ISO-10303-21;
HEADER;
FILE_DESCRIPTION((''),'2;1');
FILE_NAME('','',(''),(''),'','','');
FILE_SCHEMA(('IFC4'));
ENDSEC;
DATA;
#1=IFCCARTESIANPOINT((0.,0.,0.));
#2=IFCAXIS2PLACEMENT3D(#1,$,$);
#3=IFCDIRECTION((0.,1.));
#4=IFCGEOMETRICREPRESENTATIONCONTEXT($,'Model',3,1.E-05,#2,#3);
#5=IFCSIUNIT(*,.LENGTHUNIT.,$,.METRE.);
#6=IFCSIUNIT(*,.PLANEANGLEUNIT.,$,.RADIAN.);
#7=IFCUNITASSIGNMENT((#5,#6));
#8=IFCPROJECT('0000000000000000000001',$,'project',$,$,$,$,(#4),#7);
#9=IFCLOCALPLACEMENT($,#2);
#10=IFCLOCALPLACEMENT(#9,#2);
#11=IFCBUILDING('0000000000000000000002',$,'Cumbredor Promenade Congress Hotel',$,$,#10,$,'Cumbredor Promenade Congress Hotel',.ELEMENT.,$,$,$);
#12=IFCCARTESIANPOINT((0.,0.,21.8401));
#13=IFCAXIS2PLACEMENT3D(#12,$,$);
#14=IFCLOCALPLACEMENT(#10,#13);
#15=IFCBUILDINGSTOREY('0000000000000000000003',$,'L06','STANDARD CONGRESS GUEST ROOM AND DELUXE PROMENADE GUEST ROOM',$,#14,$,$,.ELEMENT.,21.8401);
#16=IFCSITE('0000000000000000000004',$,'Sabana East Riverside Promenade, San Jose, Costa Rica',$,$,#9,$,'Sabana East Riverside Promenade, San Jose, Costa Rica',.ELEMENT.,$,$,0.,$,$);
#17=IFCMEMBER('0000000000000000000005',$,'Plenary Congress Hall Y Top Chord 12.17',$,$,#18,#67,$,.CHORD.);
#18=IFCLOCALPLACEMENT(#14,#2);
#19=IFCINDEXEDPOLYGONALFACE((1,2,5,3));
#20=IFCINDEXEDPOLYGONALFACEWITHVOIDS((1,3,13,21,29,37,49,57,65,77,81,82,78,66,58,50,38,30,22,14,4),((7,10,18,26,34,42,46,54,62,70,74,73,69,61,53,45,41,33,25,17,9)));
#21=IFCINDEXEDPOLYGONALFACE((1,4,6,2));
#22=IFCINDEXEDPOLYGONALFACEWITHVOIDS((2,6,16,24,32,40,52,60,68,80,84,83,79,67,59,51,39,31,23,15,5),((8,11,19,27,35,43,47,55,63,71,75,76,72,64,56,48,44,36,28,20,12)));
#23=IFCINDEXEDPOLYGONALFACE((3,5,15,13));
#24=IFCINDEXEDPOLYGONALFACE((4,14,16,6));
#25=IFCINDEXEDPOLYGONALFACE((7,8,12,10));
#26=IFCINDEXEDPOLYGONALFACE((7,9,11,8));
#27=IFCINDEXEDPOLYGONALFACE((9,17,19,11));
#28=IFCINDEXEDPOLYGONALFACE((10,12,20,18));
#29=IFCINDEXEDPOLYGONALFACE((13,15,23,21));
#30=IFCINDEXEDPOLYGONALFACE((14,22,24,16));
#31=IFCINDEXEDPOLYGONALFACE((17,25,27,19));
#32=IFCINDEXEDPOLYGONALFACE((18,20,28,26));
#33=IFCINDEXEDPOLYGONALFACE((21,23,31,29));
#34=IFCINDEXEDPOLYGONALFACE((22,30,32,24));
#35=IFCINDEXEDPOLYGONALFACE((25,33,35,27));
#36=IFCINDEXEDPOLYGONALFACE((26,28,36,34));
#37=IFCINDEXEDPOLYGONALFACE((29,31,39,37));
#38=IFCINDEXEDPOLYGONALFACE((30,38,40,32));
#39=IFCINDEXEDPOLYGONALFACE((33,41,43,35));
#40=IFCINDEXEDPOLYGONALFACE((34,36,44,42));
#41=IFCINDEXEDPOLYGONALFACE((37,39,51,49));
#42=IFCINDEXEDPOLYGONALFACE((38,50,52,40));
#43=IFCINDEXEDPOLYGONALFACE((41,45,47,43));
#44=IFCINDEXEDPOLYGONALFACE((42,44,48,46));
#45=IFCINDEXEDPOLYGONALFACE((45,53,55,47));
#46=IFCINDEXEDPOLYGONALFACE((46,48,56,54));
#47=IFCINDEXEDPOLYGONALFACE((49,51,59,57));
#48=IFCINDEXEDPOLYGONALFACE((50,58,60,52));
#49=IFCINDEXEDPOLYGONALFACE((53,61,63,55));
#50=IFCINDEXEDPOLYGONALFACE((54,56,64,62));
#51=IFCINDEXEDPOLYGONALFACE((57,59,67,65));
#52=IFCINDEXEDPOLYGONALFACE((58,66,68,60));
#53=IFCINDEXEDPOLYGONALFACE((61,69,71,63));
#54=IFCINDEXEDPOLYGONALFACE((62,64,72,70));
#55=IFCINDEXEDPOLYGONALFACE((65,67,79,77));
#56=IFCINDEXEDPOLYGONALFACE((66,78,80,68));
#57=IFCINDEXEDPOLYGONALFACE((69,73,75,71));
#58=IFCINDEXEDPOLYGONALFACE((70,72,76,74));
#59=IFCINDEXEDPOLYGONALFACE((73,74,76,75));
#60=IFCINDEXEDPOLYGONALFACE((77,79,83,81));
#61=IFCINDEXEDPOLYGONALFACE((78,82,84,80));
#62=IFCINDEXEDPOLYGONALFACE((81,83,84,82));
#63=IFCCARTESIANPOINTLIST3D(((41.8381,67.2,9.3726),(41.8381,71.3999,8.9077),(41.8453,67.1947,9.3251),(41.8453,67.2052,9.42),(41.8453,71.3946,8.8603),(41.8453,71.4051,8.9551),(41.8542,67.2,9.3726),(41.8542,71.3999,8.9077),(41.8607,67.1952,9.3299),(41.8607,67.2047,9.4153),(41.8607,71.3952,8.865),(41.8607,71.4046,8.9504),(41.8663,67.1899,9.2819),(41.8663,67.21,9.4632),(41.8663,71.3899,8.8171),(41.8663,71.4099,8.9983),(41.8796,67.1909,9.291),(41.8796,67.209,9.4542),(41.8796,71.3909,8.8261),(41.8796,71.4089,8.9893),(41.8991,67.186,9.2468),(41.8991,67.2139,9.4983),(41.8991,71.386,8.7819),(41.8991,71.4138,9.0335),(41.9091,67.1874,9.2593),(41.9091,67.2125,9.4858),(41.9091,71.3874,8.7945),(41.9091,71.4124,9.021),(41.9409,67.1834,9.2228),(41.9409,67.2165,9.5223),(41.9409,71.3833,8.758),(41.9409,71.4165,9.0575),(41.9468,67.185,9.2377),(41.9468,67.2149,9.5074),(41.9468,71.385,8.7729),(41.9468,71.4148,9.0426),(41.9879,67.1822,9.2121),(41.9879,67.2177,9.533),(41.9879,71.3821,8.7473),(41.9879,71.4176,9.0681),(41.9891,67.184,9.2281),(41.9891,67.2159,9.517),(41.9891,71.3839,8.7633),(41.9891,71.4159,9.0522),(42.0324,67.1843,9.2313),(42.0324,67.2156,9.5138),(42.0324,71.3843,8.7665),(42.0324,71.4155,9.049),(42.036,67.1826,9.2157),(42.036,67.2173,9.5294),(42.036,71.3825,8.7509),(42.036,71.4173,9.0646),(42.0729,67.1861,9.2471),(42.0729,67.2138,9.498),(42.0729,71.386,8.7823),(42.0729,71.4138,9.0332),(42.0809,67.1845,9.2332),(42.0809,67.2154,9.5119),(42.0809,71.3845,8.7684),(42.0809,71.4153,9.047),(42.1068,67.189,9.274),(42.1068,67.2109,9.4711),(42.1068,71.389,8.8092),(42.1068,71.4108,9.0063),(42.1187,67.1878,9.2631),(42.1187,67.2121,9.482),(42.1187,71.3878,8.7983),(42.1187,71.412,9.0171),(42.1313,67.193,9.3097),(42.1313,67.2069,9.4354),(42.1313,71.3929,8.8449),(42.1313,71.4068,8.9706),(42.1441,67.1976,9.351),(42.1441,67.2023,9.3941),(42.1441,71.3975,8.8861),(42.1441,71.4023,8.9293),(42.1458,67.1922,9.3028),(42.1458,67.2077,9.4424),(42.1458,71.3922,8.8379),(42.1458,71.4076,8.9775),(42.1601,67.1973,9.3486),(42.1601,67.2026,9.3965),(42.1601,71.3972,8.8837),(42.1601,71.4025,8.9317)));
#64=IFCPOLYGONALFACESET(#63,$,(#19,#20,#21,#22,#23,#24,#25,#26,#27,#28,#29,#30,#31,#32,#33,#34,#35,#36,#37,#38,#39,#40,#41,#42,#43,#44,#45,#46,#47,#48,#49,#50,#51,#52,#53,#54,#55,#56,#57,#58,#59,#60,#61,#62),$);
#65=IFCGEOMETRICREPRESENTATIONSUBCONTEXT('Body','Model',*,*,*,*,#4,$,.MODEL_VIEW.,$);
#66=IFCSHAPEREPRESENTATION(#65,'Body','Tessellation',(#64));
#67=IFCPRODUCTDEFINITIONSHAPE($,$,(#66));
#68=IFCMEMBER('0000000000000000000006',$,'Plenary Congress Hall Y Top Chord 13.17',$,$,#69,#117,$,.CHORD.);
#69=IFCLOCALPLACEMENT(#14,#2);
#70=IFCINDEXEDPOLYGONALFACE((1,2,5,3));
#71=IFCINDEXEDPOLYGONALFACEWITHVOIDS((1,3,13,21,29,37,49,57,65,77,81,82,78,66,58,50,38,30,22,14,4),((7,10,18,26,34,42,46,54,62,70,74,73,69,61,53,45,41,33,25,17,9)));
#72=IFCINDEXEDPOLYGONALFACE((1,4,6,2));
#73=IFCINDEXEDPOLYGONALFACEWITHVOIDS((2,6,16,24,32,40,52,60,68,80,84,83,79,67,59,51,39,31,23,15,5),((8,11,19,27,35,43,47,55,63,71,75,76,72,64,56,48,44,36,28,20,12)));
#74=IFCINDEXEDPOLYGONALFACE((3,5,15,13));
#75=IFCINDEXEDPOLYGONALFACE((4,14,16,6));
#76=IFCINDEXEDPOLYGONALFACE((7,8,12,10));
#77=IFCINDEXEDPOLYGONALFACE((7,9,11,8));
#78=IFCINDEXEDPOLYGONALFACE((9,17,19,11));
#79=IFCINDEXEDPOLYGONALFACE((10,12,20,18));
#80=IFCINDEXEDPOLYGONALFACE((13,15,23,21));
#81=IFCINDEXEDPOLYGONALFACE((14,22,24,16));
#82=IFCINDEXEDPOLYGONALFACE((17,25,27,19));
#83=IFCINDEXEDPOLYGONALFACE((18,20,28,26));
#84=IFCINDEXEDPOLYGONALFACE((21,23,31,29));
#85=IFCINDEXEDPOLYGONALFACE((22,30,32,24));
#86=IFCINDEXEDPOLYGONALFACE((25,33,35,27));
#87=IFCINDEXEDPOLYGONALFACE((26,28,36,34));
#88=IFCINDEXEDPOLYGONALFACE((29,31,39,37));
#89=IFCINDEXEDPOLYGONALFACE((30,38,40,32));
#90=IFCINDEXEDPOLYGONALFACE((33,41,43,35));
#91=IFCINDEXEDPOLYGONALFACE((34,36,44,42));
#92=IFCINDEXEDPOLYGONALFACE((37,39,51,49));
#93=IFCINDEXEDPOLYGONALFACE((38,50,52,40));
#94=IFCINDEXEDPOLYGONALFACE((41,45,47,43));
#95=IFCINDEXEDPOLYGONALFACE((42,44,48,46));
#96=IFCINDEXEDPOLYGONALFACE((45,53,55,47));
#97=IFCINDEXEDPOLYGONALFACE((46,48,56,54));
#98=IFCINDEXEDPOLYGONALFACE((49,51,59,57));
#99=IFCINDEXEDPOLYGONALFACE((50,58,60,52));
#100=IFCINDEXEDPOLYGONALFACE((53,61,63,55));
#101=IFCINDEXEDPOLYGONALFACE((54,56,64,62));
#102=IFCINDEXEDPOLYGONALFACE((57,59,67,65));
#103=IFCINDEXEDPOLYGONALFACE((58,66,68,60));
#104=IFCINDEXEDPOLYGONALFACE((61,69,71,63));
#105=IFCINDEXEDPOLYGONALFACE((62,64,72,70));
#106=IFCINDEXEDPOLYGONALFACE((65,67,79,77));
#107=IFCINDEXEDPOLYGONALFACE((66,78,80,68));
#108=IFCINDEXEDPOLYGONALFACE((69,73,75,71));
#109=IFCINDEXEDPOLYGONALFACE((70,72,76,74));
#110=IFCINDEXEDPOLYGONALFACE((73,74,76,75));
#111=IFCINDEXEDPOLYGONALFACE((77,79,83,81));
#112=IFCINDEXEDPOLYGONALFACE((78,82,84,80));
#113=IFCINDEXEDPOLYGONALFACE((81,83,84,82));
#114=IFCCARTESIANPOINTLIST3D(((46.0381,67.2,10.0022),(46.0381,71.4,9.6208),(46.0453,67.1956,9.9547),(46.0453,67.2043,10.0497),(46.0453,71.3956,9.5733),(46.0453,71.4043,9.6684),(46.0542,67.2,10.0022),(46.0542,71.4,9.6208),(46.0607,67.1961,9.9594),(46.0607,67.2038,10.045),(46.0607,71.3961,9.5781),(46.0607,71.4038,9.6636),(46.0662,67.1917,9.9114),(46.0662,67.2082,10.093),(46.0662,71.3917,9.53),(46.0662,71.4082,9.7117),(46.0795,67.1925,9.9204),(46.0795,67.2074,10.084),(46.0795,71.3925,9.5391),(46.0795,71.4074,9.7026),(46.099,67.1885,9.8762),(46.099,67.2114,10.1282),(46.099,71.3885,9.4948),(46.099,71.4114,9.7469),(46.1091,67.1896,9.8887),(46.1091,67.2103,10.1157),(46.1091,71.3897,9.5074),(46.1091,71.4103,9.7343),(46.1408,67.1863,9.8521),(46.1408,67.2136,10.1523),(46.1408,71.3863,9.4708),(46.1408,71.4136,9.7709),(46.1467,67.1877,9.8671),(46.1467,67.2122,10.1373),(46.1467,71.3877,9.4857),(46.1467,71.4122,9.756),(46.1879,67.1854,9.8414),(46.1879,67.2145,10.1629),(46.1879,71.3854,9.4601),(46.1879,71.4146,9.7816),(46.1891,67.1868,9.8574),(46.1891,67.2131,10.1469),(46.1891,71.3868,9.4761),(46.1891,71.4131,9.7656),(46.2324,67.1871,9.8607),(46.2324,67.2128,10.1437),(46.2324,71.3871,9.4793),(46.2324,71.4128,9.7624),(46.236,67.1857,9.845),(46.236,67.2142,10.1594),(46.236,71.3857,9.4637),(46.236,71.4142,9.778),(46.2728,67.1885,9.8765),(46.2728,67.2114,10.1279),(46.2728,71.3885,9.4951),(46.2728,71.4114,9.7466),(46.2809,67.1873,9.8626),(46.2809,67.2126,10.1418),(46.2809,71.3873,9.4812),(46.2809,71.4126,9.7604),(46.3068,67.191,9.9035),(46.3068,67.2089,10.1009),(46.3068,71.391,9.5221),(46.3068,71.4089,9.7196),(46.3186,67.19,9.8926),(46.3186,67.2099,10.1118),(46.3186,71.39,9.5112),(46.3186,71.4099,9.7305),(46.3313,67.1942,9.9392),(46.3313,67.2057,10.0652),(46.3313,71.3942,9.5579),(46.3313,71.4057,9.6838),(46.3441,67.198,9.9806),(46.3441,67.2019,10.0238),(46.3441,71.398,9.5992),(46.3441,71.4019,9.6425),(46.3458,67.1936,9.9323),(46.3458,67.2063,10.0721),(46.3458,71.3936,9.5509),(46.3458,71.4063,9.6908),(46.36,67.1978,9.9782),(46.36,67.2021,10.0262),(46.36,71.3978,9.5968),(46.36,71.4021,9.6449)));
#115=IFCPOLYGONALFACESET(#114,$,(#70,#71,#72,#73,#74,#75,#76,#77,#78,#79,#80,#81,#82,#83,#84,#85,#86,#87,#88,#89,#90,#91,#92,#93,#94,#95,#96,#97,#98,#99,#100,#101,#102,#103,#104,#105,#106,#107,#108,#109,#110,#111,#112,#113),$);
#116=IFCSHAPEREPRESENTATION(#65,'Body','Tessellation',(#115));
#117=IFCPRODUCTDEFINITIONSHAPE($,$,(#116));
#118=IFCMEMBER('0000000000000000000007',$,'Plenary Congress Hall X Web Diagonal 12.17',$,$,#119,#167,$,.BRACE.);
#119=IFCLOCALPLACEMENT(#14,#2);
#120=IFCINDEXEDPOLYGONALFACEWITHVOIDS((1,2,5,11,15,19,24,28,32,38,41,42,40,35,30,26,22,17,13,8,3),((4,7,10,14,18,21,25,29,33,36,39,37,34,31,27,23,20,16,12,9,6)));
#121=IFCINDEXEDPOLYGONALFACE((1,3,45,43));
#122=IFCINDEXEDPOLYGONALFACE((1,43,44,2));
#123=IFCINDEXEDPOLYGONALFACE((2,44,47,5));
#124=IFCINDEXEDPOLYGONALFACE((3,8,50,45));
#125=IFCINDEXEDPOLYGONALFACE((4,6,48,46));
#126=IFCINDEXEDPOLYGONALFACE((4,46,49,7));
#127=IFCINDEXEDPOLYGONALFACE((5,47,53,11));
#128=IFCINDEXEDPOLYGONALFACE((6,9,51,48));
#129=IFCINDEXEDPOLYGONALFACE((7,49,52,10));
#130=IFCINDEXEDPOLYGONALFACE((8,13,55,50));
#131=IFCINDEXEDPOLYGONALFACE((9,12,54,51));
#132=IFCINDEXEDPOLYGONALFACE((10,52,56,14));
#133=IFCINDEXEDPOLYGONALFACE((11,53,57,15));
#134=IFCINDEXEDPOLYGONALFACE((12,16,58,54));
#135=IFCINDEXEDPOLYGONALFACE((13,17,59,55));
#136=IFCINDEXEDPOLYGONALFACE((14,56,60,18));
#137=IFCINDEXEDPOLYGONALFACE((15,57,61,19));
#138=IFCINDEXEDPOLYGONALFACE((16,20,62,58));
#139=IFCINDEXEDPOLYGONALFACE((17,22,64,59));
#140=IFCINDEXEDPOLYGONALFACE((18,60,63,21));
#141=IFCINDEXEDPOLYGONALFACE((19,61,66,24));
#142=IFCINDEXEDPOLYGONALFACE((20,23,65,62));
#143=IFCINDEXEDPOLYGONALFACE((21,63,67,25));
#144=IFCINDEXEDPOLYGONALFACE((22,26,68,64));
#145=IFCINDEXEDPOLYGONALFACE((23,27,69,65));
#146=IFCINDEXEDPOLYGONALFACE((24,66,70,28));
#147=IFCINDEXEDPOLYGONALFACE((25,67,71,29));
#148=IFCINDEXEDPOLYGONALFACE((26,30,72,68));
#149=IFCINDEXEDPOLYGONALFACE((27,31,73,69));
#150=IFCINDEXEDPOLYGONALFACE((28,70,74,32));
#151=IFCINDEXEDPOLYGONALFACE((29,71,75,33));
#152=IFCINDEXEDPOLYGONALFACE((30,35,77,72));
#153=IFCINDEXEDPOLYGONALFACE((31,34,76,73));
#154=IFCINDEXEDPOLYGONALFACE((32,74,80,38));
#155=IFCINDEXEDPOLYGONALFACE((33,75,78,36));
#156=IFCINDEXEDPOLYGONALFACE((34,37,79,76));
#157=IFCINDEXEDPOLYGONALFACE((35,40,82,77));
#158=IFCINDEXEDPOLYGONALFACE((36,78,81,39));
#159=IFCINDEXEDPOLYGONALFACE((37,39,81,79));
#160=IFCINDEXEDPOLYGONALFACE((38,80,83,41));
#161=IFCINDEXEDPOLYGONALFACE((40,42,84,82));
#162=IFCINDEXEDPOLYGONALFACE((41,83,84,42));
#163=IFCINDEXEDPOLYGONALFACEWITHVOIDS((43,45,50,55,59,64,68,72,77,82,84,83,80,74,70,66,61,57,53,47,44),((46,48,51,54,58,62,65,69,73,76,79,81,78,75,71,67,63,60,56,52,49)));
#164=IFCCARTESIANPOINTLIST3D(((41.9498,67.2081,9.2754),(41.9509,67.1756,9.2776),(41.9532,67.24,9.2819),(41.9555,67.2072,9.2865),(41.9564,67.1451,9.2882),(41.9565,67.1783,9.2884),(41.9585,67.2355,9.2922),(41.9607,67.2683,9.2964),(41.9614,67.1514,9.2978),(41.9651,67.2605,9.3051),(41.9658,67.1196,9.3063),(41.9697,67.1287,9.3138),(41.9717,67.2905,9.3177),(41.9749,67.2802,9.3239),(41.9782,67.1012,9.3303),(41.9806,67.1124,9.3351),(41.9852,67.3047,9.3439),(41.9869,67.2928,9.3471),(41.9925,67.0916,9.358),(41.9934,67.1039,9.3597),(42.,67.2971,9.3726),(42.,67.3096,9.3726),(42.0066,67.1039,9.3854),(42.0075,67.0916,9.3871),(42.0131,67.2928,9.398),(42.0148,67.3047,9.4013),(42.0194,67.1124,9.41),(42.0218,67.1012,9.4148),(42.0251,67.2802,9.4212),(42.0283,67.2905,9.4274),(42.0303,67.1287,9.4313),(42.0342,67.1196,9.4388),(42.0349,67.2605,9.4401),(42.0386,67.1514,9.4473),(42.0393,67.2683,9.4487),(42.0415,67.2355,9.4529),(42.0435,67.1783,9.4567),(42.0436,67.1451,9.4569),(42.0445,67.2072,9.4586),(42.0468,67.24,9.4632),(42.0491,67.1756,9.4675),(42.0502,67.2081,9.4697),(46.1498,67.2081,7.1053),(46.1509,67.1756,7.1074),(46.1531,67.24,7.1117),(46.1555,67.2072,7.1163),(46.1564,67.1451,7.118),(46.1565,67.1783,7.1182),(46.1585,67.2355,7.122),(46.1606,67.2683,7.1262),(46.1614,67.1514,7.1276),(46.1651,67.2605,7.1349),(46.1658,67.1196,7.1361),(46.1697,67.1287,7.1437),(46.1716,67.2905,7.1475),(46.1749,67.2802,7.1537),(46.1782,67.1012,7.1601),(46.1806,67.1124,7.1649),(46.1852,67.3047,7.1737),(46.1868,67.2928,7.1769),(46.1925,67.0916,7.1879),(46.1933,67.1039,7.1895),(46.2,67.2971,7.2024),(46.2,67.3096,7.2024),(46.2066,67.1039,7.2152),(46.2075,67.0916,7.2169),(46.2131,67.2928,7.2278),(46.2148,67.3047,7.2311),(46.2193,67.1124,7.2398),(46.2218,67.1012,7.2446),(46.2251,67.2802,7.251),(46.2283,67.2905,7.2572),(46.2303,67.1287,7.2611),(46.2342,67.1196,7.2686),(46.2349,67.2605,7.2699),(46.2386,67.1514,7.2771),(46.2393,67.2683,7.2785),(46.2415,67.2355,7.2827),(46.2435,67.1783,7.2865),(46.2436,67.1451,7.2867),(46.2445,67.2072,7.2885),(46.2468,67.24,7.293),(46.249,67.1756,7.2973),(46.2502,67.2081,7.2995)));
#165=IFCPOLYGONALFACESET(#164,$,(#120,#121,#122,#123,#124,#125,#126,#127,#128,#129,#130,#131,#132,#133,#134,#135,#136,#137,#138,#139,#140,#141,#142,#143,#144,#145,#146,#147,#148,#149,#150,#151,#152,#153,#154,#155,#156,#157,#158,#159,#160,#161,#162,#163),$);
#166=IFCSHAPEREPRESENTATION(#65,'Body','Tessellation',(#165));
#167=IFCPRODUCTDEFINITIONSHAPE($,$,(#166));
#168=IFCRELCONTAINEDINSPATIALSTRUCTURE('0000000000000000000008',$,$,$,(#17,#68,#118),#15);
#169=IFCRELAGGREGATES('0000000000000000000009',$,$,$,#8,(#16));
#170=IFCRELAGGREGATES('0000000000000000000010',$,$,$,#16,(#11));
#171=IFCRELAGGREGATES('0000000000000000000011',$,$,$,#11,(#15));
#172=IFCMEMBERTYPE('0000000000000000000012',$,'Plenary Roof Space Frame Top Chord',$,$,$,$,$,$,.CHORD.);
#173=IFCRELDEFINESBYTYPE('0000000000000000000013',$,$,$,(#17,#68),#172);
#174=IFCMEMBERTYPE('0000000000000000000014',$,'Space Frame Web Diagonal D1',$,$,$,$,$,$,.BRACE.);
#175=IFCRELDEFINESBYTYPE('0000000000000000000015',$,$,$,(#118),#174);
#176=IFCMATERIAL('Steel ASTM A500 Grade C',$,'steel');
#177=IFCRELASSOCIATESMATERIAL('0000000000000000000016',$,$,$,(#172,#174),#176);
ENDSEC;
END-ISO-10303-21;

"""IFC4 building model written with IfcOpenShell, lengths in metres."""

from ifc_helpers import new_model, si_unit, direction, frame, origin, origin_2d, place, context, subcontext, project, spatial, hollow_circle, extrude, material, material_profile, profile_set, type_object, element, save


model = new_model("IFC4")

# Units and contexts
model_context = context("Model", 3, precision=1e-05, world=origin(), true_north=direction((0.0, 1.0)))
body_context = subcontext(model_context, "Body", "Model", "MODEL_VIEW")
ifc_project = project(units=[si_unit("LENGTHUNIT", "METRE"), si_unit("PLANEANGLEUNIT", "RADIAN")], contexts=[model_context])

# Site, building, storey
site_placement = place(None, origin())
site = spatial("IfcSite", under=ifc_project, at=site_placement, Name="Sabana East Riverside Promenade, San Jose, Costa Rica", LongName="Sabana East Riverside Promenade, San Jose, Costa Rica", CompositionType="ELEMENT", RefElevation=0.0)
building_placement = place(site_placement, origin())
building = spatial("IfcBuilding", under=site, at=building_placement, Name="Cumbredor Promenade Congress Hotel", LongName="Cumbredor Promenade Congress Hotel", CompositionType="ELEMENT")
storey_placement = place(building_placement, frame((0.0, 0.0, 21.8401)))
storey = spatial("IfcBuildingStorey", under=building, at=storey_placement, Name="L06", Description="STANDARD CONGRESS GUEST ROOM AND DELUXE PROMENADE GUEST ROOM", CompositionType="ELEMENT", Elevation=21.8401)

# Members
ifc_material_1 = material(Name="Steel ASTM A500 Grade C", Category="steel")
ifc_material_profile_1 = material_profile(ifc_material_1, hollow_circle(Radius=0.1619, WallThickness=0.0161, at=origin_2d()), Name="CHS 323.9x16")
ifc_profile_set_1 = profile_set([ifc_material_profile_1], Name="Steel ASTM A500 Grade C")
member_type_1 = type_object("IfcMemberType", Name="Plenary Roof Space Frame Top Chord", PredefinedType="CHORD", material=ifc_profile_set_1)
member_1_placement = place(storey_placement, frame((42.0, 67.2, 9.3726), z_axis=(0.0, 0.993931, -0.110007), x_axis=(-1.0, 0.0, 0.0)))
element("IfcMember", 1, at=member_1_placement, inside=storey, type_object=member_type_1, Name="Plenary Congress Hall Y Top Chord 12.17", PredefinedType="CHORD", context=body_context, shape_type="SweptSolid", body=[
    extrude(hollow_circle(Radius=0.1619, WallThickness=0.0161, at=origin_2d()), origin(), (0.0, 0.0, 1.0), 4.2256),
])
member_2_placement = place(storey_placement, frame((46.2, 67.2, 10.0022), z_axis=(0.0, 0.995903, -0.090426), x_axis=(-1.0, 0.0, 0.0)))
element("IfcMember", 2, at=member_2_placement, inside=storey, type_object=member_type_1, Name="Plenary Congress Hall Y Top Chord 13.17", PredefinedType="CHORD", context=body_context, shape_type="SweptSolid", body=[
    extrude(hollow_circle(Radius=0.1619, WallThickness=0.0161, at=origin_2d()), origin(), (0.0, 0.0, 1.0), 4.2173),
])
ifc_material_profile_2 = material_profile(ifc_material_1, hollow_circle(Radius=0.1096, WallThickness=0.0125, at=origin_2d()), Name="CHS 219.1x12.5")
ifc_profile_set_2 = profile_set([ifc_material_profile_2], Name="Steel ASTM A500 Grade C")
member_type_2 = type_object("IfcMemberType", Name="Space Frame Web Diagonal D1", PredefinedType="BRACE", material=ifc_profile_set_2)
member_3_placement = place(storey_placement, frame((42.0, 67.2, 9.3726), z_axis=(0.888409, 0.0, -0.459052), x_axis=(0.0, 1.0, 0.0)))
element("IfcMember", 3, at=member_3_placement, inside=storey, type_object=member_type_2, Name="Plenary Congress Hall X Web Diagonal 12.17", PredefinedType="BRACE", context=body_context, shape_type="SweptSolid", body=[
    extrude(hollow_circle(Radius=0.1096, WallThickness=0.0125, at=origin_2d()), origin(), (0.0, 0.0, 1.0), 4.7275),
])

save(model, "model.ifc")
